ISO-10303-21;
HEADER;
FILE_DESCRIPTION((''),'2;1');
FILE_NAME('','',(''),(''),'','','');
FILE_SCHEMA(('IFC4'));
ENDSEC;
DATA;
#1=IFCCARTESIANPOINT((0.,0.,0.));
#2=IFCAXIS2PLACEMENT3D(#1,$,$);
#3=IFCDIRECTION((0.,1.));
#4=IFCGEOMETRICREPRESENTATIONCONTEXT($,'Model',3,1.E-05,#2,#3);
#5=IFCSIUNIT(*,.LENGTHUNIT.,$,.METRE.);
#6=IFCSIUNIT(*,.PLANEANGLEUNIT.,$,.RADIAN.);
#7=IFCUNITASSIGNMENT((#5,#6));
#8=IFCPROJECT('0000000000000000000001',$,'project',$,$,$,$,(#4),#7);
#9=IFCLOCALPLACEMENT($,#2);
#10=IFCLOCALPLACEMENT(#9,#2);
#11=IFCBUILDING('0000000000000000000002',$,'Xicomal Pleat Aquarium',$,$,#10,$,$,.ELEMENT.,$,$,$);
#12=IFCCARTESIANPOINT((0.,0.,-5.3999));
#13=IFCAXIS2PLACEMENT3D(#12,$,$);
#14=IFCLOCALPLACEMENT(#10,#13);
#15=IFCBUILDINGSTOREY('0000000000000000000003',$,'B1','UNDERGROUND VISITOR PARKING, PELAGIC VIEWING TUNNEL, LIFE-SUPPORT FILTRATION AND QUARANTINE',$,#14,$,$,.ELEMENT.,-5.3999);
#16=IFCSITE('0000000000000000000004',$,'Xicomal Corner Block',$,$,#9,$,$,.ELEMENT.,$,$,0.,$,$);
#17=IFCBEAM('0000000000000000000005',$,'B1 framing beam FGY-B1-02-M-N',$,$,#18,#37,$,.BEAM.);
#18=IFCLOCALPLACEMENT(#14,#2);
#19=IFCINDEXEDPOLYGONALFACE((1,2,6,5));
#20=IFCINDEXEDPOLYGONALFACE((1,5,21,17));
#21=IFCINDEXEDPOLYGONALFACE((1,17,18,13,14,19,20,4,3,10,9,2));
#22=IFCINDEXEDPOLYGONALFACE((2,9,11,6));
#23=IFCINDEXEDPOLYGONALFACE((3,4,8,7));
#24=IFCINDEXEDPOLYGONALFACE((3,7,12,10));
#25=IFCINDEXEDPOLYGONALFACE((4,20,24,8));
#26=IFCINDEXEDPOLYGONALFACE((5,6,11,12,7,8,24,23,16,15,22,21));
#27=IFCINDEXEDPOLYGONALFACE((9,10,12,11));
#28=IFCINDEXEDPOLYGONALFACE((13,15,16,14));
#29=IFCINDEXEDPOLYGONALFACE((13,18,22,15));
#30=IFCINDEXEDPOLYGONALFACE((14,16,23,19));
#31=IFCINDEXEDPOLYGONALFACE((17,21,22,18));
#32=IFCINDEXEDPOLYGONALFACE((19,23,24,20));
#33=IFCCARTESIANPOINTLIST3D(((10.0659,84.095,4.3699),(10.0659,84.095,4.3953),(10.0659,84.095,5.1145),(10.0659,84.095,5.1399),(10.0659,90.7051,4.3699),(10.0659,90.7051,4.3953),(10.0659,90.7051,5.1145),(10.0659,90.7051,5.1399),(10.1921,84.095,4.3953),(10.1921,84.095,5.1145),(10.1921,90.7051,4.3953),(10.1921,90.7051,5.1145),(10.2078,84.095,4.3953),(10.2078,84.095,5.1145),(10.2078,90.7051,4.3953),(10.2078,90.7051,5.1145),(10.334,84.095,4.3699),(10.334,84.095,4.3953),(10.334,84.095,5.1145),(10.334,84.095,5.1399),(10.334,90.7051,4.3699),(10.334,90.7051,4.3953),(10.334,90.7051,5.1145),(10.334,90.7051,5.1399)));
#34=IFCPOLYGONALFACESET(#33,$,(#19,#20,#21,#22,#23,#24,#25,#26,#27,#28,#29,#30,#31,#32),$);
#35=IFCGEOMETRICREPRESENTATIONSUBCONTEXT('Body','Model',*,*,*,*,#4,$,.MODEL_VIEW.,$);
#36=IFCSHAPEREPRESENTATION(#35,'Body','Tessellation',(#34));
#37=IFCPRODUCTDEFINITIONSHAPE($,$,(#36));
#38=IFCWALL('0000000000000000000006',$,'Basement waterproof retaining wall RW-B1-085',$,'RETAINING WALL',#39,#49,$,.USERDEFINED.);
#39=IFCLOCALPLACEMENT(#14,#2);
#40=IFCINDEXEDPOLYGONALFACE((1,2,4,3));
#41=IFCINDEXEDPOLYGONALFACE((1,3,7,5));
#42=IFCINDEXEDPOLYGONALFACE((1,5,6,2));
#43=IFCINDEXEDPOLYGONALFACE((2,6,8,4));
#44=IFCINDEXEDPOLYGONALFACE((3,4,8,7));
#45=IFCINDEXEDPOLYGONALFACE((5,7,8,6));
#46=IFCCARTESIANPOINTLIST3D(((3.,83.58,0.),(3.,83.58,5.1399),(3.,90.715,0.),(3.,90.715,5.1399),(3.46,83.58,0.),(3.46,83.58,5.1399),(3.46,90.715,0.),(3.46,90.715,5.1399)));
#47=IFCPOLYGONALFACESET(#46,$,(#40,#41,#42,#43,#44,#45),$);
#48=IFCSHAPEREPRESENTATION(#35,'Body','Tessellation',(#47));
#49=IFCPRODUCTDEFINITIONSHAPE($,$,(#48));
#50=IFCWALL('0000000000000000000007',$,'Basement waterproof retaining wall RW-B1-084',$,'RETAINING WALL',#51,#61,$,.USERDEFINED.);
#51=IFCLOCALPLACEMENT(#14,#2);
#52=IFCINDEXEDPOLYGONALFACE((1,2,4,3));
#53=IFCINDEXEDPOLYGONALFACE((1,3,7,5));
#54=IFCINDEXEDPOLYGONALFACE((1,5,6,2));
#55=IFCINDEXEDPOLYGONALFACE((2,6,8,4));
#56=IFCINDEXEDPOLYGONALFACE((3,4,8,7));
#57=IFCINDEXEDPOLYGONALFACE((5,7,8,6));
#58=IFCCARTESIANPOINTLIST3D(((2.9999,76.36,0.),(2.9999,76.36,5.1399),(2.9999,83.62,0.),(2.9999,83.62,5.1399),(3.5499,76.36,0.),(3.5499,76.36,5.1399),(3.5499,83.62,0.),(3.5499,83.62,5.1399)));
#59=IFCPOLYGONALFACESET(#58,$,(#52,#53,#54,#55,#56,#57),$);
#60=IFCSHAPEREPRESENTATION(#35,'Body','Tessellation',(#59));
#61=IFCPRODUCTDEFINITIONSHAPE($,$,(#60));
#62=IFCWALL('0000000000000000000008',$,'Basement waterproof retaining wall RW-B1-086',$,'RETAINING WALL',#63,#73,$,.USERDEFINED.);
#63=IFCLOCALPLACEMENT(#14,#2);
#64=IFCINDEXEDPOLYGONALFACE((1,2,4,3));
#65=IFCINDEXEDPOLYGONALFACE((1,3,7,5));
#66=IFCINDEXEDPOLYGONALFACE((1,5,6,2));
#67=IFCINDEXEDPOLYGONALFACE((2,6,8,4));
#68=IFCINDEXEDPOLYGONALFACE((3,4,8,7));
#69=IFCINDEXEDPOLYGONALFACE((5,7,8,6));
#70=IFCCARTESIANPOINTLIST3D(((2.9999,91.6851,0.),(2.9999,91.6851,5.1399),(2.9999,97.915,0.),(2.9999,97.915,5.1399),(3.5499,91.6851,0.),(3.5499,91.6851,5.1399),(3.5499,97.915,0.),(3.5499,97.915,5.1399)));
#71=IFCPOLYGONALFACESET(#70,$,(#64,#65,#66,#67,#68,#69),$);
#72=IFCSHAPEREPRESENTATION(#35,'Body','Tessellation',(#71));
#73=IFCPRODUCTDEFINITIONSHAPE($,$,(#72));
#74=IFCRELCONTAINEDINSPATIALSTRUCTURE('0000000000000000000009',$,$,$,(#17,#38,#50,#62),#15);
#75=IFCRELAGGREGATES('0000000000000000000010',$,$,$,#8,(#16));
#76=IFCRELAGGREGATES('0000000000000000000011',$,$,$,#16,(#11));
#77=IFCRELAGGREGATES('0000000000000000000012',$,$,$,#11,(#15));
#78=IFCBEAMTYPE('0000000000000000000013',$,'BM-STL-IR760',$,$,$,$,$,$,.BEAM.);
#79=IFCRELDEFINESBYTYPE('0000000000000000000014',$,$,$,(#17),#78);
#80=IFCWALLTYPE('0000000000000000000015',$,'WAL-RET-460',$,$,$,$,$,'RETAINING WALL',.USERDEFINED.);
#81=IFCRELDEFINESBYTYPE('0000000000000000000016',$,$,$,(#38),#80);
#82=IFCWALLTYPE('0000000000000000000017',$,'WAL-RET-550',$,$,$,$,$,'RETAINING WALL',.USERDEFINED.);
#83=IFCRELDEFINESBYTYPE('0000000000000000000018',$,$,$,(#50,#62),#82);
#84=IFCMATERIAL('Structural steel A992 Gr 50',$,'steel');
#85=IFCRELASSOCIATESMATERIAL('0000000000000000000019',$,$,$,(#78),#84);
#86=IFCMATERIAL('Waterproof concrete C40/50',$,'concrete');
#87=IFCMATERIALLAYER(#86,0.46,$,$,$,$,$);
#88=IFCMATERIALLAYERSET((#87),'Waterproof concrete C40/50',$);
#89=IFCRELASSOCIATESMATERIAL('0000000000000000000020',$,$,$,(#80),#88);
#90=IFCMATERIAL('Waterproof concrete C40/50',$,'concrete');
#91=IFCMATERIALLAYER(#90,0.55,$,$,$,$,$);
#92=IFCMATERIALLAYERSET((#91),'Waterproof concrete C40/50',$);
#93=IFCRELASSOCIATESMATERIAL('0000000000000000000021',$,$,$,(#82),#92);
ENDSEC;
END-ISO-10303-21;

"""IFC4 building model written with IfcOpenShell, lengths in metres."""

from ifc_helpers import new_model, si_unit, direction, frame, frame_2d, origin, origin_2d, place, context, subcontext, project, spatial, rectangle, i_section, extrude, material, layer, layer_set, material_profile, profile_set, type_object, element, save


model = new_model("IFC4")

# Units and contexts
model_context = context("Model", 3, precision=1e-05, world=origin(), true_north=direction((0.0, 1.0)))
body_context = subcontext(model_context, "Body", "Model", "MODEL_VIEW")
ifc_project = project(units=[si_unit("LENGTHUNIT", "METRE"), si_unit("PLANEANGLEUNIT", "RADIAN")], contexts=[model_context])

# Site, building, storey
site_placement = place(None, origin())
site = spatial("IfcSite", under=ifc_project, at=site_placement, Name="Xicomal Corner Block", CompositionType="ELEMENT", RefElevation=0.0)
building_placement = place(site_placement, origin())
building = spatial("IfcBuilding", under=site, at=building_placement, Name="Xicomal Pleat Aquarium", CompositionType="ELEMENT")
storey_placement = place(building_placement, frame((0.0, 0.0, -5.3999)))
storey = spatial("IfcBuildingStorey", under=building, at=storey_placement, Name="B1", Description="UNDERGROUND VISITOR PARKING, PELAGIC VIEWING TUNNEL, LIFE-SUPPORT FILTRATION AND QUARANTINE", CompositionType="ELEMENT", Elevation=-5.3999)

# Beam
ifc_material_1 = material(Name="Structural steel A992 Gr 50", Category="steel")
ifc_material_profile_1 = material_profile(ifc_material_1, i_section(OverallWidth=0.2681, OverallDepth=0.77, WebThickness=0.0156, FlangeThickness=0.0254, at=origin_2d()), Name="IR 760x196")
ifc_profile_set_1 = profile_set([ifc_material_profile_1], Name="Structural steel A992 Gr 50")
beam_type_1 = type_object("IfcBeamType", Name="BM-STL-IR760", PredefinedType="BEAM", material=ifc_profile_set_1)
beam_1_placement = place(storey_placement, frame((10.2, 84.095, 4.7549), z_axis=(0.0, 1.0, 0.0), x_axis=(-1.0, 0.0, 0.0)))
element("IfcBeam", 1, at=beam_1_placement, inside=storey, type_object=beam_type_1, Name="B1 framing beam FGY-B1-02-M-N", PredefinedType="BEAM", context=body_context, shape_type="SweptSolid", body=[
    extrude(i_section(OverallWidth=0.2681, OverallDepth=0.77, WebThickness=0.0156, FlangeThickness=0.0254, at=origin_2d()), origin(), (0.0, 0.0, 1.0), 6.6101),
])

# Walls
ifc_material_2 = material(Name="Waterproof concrete C40/50", Category="concrete")
ifc_layer_1 = layer(ifc_material_2, 0.46)
ifc_layer_set_1 = layer_set([ifc_layer_1], Name="Waterproof concrete C40/50")
wall_type_1 = type_object("IfcWallType", Name="WAL-RET-460", ElementType="RETAINING WALL", PredefinedType="USERDEFINED", material=ifc_layer_set_1)
wall_1_placement = place(storey_placement, frame((3.23, 83.5801, 0.0), z_axis=(0.0, 0.0, 1.0), x_axis=(0.0, 1.0, 0.0)))
element("IfcWall", 2, at=wall_1_placement, inside=storey, type_object=wall_type_1, Name="Basement waterproof retaining wall RW-B1-085", ObjectType="RETAINING WALL", PredefinedType="USERDEFINED", context=body_context, shape_type="SweptSolid", body=[
    extrude(rectangle(XDim=7.135, YDim=0.46, at=frame_2d((3.5674, 0.0))), origin(), (0.0, 0.0, 1.0), 5.1399),
])
ifc_material_3 = material(Name="Waterproof concrete C40/50", Category="concrete")
ifc_layer_2 = layer(ifc_material_3, 0.55)
ifc_layer_set_2 = layer_set([ifc_layer_2], Name="Waterproof concrete C40/50")
wall_type_2 = type_object("IfcWallType", Name="WAL-RET-550", ElementType="RETAINING WALL", PredefinedType="USERDEFINED", material=ifc_layer_set_2)
wall_2_placement = place(storey_placement, frame((3.2749, 76.3601, 0.0), z_axis=(0.0, 0.0, 1.0), x_axis=(0.0, 1.0, 0.0)))
element("IfcWall", 3, at=wall_2_placement, inside=storey, type_object=wall_type_2, Name="Basement waterproof retaining wall RW-B1-084", ObjectType="RETAINING WALL", PredefinedType="USERDEFINED", context=body_context, shape_type="SweptSolid", body=[
    extrude(rectangle(XDim=7.26, YDim=0.55, at=frame_2d((3.6299, 0.0))), origin(), (0.0, 0.0, 1.0), 5.1399),
])
wall_3_placement = place(storey_placement, frame((3.2749, 91.6851, 0.0), z_axis=(0.0, 0.0, 1.0), x_axis=(0.0, 1.0, 0.0)))
element("IfcWall", 4, at=wall_3_placement, inside=storey, type_object=wall_type_2, Name="Basement waterproof retaining wall RW-B1-086", ObjectType="RETAINING WALL", PredefinedType="USERDEFINED", context=body_context, shape_type="SweptSolid", body=[
    extrude(rectangle(XDim=6.23, YDim=0.55, at=frame_2d((3.115, 0.0))), origin(), (0.0, 0.0, 1.0), 5.1399),
])

save(model, "model.ifc")
